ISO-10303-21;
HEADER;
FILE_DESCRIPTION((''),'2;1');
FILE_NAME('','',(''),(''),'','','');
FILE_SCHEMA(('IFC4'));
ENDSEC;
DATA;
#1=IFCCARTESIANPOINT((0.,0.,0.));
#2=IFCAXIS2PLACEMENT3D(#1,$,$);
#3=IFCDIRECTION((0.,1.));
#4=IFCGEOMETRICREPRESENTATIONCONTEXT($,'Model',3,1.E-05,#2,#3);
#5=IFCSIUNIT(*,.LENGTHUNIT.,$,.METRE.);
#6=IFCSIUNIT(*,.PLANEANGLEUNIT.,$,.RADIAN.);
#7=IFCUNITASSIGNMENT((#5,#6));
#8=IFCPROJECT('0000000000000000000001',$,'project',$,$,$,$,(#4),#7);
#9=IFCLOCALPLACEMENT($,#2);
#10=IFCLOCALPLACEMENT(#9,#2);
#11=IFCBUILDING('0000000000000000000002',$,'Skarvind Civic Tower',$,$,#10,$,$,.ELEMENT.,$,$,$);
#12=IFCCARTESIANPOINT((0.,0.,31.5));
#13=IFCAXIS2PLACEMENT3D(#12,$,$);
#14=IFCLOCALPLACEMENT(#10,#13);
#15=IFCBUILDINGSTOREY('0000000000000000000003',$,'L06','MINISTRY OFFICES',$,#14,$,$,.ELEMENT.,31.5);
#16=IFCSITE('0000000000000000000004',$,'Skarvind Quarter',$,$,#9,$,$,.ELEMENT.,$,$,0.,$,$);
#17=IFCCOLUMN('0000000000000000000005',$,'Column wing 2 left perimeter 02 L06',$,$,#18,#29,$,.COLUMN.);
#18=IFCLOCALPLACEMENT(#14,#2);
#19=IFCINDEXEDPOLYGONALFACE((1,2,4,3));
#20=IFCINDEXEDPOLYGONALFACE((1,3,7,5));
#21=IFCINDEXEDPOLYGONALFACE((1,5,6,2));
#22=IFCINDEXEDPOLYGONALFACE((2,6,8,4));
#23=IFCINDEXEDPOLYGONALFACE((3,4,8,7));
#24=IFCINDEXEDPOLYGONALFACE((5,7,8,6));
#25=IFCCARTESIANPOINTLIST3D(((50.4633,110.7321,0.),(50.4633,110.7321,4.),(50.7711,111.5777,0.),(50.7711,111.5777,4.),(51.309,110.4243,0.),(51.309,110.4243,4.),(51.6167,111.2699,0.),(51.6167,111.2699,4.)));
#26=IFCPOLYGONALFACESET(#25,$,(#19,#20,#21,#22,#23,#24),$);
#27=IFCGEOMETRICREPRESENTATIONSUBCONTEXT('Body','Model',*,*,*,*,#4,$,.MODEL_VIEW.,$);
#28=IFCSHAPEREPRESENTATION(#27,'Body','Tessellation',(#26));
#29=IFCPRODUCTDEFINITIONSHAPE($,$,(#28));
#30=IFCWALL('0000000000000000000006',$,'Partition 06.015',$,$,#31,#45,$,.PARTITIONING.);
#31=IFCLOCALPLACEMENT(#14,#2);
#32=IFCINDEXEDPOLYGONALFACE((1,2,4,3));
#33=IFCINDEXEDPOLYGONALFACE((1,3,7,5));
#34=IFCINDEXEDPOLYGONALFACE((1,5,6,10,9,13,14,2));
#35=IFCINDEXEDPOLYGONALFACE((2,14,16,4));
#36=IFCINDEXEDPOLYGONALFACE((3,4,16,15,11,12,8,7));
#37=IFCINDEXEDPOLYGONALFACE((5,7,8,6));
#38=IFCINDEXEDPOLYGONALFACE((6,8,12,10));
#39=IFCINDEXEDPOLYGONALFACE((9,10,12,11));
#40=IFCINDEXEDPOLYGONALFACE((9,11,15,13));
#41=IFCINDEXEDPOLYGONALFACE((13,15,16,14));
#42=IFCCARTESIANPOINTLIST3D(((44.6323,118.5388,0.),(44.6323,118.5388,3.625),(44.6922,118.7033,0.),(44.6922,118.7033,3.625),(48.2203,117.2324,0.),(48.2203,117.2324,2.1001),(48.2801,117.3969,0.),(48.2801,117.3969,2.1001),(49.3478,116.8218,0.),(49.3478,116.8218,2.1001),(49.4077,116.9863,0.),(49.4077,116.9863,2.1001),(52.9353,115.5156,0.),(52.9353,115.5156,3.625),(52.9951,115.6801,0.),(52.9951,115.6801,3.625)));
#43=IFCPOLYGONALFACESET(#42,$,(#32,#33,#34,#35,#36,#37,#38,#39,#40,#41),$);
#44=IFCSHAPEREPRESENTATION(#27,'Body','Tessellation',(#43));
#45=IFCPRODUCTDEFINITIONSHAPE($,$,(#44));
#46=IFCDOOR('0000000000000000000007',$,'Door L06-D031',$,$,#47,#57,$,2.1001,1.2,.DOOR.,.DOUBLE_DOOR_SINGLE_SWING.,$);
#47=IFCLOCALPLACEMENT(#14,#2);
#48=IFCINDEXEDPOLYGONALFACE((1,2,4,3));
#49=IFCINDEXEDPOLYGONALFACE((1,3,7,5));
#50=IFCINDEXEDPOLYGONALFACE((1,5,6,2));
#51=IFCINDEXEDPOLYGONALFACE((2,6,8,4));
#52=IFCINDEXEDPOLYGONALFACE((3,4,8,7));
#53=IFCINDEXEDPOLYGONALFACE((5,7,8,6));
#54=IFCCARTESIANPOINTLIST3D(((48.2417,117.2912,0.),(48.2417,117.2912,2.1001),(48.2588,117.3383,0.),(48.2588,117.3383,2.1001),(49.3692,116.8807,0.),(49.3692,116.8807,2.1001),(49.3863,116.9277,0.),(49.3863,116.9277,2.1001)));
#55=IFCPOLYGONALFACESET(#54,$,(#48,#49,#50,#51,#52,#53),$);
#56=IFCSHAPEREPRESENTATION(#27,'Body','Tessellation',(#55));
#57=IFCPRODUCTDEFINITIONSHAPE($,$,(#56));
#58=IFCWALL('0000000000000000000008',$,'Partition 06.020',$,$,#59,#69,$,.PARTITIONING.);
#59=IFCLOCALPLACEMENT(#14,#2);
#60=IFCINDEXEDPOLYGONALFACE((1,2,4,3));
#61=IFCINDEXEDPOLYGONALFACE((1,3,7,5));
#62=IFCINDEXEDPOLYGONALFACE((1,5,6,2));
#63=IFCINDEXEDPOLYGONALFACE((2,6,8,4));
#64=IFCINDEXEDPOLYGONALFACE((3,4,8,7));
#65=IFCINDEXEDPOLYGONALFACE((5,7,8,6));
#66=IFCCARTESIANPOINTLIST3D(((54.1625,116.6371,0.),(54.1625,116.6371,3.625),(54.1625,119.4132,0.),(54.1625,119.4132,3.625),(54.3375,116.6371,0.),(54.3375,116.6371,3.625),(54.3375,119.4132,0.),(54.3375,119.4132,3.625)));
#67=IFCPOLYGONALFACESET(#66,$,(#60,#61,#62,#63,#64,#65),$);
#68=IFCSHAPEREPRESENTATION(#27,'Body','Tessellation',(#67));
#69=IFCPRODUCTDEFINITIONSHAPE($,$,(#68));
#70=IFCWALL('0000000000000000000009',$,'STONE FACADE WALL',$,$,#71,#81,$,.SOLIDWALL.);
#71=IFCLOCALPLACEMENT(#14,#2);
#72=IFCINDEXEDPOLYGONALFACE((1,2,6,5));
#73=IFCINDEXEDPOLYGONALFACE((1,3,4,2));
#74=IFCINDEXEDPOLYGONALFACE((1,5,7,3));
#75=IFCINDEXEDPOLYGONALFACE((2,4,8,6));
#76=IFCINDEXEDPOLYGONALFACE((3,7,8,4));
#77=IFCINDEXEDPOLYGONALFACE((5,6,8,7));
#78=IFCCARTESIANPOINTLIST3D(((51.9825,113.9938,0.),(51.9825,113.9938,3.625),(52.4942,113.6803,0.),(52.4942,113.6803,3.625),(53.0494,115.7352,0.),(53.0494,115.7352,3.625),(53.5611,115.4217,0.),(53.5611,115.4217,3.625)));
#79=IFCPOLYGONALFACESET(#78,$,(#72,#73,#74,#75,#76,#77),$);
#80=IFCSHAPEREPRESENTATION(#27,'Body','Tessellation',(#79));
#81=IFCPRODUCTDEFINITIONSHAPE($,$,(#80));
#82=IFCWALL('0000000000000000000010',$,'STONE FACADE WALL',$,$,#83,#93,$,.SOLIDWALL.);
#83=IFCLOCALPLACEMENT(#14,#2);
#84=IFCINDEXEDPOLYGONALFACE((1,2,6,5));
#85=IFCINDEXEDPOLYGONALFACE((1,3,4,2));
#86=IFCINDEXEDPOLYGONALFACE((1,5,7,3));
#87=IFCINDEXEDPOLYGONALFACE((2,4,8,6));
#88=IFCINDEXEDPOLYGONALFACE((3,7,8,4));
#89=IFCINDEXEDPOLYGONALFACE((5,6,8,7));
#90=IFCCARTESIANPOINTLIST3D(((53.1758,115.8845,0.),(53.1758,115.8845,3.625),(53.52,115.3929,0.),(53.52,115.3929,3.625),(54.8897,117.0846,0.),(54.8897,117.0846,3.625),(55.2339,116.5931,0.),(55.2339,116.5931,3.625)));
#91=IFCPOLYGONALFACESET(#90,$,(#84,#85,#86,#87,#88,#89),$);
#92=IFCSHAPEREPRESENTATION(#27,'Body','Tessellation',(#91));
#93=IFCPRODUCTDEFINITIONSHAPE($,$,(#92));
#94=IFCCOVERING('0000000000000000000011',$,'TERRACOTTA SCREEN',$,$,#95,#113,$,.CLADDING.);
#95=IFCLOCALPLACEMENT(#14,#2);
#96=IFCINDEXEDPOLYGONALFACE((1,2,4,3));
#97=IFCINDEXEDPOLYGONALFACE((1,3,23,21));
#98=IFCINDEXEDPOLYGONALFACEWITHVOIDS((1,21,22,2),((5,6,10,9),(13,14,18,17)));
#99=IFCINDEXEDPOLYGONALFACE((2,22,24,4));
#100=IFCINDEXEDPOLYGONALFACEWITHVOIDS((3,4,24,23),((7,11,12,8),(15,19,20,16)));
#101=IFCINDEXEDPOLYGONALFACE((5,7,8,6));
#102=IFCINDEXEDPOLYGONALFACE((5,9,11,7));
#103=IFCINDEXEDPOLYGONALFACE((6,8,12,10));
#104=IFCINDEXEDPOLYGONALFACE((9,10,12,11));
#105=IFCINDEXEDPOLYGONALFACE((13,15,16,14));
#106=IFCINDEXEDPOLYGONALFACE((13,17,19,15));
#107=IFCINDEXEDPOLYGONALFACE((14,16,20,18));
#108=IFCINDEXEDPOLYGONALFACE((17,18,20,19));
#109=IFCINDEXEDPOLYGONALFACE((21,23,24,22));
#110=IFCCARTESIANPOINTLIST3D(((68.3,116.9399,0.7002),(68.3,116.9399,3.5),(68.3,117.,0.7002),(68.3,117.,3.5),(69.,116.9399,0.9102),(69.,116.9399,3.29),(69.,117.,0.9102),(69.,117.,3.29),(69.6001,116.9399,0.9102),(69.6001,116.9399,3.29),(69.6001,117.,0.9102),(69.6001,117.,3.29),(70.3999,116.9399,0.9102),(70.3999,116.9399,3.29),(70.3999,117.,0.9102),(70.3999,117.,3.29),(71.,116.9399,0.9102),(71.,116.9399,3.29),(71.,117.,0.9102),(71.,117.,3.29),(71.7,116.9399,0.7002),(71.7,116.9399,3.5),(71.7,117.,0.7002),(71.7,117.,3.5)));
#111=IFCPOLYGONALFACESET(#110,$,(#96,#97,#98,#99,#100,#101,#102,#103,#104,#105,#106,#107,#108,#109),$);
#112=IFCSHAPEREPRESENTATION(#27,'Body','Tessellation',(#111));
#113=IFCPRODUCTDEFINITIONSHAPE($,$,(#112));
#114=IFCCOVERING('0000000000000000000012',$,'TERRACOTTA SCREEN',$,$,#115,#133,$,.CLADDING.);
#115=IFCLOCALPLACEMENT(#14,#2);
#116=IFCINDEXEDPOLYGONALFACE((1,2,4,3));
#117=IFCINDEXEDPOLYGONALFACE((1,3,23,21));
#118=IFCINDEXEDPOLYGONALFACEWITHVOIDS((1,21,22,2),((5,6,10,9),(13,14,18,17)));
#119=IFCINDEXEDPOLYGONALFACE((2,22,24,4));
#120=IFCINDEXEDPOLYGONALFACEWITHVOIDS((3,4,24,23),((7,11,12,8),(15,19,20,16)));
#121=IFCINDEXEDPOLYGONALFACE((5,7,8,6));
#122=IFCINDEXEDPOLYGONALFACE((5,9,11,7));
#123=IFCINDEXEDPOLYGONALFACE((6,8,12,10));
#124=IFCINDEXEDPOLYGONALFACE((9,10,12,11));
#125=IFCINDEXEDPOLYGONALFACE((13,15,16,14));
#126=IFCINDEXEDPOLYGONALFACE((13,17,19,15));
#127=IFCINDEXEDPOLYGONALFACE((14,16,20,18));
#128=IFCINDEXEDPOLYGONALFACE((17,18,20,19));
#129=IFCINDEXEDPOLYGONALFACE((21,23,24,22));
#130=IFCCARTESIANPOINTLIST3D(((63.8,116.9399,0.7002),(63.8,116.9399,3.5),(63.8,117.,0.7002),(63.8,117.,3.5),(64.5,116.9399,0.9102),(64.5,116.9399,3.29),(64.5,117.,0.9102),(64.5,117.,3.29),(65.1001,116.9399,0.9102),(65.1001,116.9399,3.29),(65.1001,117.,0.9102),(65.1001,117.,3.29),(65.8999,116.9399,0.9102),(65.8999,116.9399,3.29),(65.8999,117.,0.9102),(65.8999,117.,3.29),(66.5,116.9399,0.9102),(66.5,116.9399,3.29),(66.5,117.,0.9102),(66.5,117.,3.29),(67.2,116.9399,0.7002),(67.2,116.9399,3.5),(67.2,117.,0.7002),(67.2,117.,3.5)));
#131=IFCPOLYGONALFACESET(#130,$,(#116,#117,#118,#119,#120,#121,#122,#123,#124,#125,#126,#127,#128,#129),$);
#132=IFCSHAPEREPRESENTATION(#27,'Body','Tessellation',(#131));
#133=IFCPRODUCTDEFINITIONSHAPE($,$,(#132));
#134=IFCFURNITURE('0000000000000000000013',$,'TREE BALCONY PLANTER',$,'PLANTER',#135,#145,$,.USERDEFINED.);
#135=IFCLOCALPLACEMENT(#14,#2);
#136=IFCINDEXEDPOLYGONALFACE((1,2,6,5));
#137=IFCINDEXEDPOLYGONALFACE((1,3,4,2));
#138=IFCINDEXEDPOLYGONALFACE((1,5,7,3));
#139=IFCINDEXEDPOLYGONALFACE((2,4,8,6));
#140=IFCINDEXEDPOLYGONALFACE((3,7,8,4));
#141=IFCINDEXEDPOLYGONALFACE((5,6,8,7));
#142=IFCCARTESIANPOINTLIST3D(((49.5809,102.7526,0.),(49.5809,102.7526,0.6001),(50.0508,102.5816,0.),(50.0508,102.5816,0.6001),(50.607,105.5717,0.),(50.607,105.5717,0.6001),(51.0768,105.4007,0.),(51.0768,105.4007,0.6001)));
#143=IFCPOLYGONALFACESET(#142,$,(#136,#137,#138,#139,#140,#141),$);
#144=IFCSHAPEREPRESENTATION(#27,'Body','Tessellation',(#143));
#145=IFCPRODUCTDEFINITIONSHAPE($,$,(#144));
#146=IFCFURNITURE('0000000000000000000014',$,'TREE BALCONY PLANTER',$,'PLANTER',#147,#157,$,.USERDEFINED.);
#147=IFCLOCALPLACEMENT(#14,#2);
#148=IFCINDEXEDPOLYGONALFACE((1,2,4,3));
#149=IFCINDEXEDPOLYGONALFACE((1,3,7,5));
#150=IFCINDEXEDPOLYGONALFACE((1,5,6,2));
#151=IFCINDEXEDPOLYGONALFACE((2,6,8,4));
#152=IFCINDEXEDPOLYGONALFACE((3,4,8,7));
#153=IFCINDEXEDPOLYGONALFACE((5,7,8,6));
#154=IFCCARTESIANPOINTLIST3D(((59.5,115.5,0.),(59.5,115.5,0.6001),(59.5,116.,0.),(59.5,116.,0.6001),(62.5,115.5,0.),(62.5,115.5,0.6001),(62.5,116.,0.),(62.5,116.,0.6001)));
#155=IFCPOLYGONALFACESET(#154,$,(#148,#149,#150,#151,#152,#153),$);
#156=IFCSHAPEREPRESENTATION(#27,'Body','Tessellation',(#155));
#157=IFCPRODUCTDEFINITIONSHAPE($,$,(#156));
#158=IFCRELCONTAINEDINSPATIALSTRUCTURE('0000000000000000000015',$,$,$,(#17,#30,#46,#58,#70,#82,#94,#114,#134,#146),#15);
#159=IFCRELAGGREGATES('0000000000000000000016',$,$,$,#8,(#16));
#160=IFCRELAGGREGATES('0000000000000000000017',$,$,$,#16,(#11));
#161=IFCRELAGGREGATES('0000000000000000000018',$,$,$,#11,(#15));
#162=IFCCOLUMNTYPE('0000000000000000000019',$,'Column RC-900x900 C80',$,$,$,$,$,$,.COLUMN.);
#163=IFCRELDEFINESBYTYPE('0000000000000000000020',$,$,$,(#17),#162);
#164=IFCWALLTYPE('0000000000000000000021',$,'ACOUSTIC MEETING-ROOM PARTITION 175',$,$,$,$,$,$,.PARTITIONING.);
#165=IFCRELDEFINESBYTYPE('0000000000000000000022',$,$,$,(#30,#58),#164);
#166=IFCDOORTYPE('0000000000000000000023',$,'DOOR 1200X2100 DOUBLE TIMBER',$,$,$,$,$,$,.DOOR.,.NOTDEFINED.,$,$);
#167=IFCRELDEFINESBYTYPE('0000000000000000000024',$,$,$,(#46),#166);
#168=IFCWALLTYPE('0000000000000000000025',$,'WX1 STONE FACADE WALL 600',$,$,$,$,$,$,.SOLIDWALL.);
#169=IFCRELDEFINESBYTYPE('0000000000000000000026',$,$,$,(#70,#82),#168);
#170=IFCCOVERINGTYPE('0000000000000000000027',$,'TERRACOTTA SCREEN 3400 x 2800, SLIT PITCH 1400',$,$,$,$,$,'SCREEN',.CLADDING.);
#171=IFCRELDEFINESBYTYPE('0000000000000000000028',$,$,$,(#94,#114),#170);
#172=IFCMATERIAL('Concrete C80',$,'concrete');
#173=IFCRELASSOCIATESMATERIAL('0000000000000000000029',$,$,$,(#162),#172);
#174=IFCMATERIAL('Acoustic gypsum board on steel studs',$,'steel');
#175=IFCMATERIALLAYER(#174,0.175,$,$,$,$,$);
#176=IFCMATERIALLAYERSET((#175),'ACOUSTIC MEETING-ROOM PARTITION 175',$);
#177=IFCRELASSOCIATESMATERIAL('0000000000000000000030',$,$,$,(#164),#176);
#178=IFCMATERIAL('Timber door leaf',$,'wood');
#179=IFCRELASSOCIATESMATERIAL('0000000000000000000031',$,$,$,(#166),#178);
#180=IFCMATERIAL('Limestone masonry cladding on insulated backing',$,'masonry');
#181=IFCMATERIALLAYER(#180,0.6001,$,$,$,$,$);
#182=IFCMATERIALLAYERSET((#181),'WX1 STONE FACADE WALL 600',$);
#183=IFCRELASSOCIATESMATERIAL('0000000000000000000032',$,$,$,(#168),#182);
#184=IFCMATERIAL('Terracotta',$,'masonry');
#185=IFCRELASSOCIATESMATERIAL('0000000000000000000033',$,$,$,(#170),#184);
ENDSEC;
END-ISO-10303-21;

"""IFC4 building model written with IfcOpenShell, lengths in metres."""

from ifc_helpers import new_model, si_unit, direction, frame, frame_2d, origin, origin_2d, place, context, subcontext, project, spatial, polyline, rectangle, outline, extrude, material, layer, layer_set, material_profile, profile_set, type_object, element, fill, save


model = new_model("IFC4")

# Units and contexts
model_context = context("Model", 3, precision=1e-05, world=origin(), true_north=direction((0.0, 1.0)))
body_context = subcontext(model_context, "Body", "Model", "MODEL_VIEW")
ifc_project = project(units=[si_unit("LENGTHUNIT", "METRE"), si_unit("PLANEANGLEUNIT", "RADIAN")], contexts=[model_context])

# Site, building, storey
site_placement = place(None, origin())
site = spatial("IfcSite", under=ifc_project, at=site_placement, Name="Skarvind Quarter", CompositionType="ELEMENT", RefElevation=0.0)
building_placement = place(site_placement, origin())
building = spatial("IfcBuilding", under=site, at=building_placement, Name="Skarvind Civic Tower", CompositionType="ELEMENT")
storey_placement = place(building_placement, frame((0.0, 0.0, 31.5)))
storey = spatial("IfcBuildingStorey", under=building, at=storey_placement, Name="L06", Description="MINISTRY OFFICES", CompositionType="ELEMENT", Elevation=31.5)

# Column
ifc_material_1 = material(Name="Concrete C80", Category="concrete")
ifc_material_profile_1 = material_profile(ifc_material_1, rectangle(XDim=0.8999, YDim=0.8999, at=origin_2d()), Name="RC-900x900")
ifc_profile_set_1 = profile_set([ifc_material_profile_1], Name="Concrete C80")
column_type = type_object("IfcColumnType", Name="Column RC-900x900 C80", PredefinedType="COLUMN", material=ifc_profile_set_1)
column_placement = place(storey_placement, frame((51.04, 111.001, 0.0), z_axis=(0.0, 0.0, 1.0), x_axis=(-0.34202, -0.939693, 0.0)))
element("IfcColumn", 1, at=column_placement, inside=storey, type_object=column_type, Name="Column wing 2 left perimeter 02 L06", PredefinedType="COLUMN", context=body_context, shape_type="SweptSolid", body=[
    extrude(rectangle(XDim=0.8999, YDim=0.8999, at=origin_2d()), origin(), (0.0, 0.0, 1.0), 4.0),
])

# Wall, opening, door
ifc_material_2 = material(Name="Acoustic gypsum board on steel studs", Category="steel")
ifc_layer_1 = layer(ifc_material_2, 0.175)
ifc_layer_set_1 = layer_set([ifc_layer_1], Name="ACOUSTIC MEETING-ROOM PARTITION 175")
wall_type_1 = type_object("IfcWallType", Name="ACOUSTIC MEETING-ROOM PARTITION 175", PredefinedType="PARTITIONING", material=ifc_layer_set_1)
wall_1_placement = place(storey_placement, frame((52.9651, 115.5979, 0.0), z_axis=(0.0, 0.0, 1.0), x_axis=(-0.939651, 0.342136, 0.0)))
wall_1 = element("IfcWall", 2, at=wall_1_placement, inside=storey, type_object=wall_type_1, Name="Partition 06.015", PredefinedType="PARTITIONING", context=body_context, shape_type="SweptSolid", body=[
    extrude(rectangle(XDim=8.8362, YDim=0.175, at=frame_2d((4.418, 0.0))), origin(), (0.0, 0.0, 1.0), 3.625),
])
opening_1_placement = place(wall_1_placement, frame((3.8176, 0.0, 0.0)))
opening_1 = element("IfcOpeningElement", 3, at=opening_1_placement, cuts=wall_1, PredefinedType="OPENING", context=body_context, shape_type="SweptSolid", body=[
    extrude(rectangle(XDim=1.2, YDim=2.1001, at=frame_2d((0.6001, 1.05))), frame((0.0, 0.0974, 0.0), z_axis=(0.0, -1.0, 0.0), x_axis=(1.0, 0.0, 0.0)), (0.0, 0.0, 1.0), 0.1951),
])
ifc_material_3 = material(Name="Timber door leaf", Category="wood")
door_type_1 = type_object("IfcDoorType", Name="DOOR 1200X2100 DOUBLE TIMBER", OperationType="NOTDEFINED", PredefinedType="DOOR", material=ifc_material_3)
door_1_placement = place(opening_1_placement, origin())
door_1 = element("IfcDoor", 4, at=door_1_placement, inside=storey, type_object=door_type_1, Name="Door L06-D031", OperationType="DOUBLE_DOOR_SINGLE_SWING", OverallHeight=2.1001, OverallWidth=1.2, PredefinedType="DOOR", context=body_context, shape_type="SweptSolid", body=[
    extrude(rectangle(XDim=1.2, YDim=2.1001, at=frame_2d((0.6001, 1.05))), frame((0.0, 0.0249, 0.0), z_axis=(0.0, -1.0, 0.0), x_axis=(1.0, 0.0, 0.0)), (0.0, 0.0, 1.0), 0.05),
])
fill(opening_1, door_1)

# Wall
wall_2_placement = place(storey_placement, frame((54.25, 116.637, 0.0), z_axis=(0.0, 0.0, 1.0), x_axis=(0.0, 1.0, 0.0)))
element("IfcWall", 5, at=wall_2_placement, inside=storey, type_object=wall_type_1, Name="Partition 06.020", PredefinedType="PARTITIONING", context=body_context, shape_type="SweptSolid", body=[
    extrude(rectangle(XDim=2.7761, YDim=0.175, at=frame_2d((1.3882, 0.0))), origin(), (0.0, 0.0, 1.0), 3.625),
])

# Shared definitions
ifc_material_4 = material(Name="Limestone masonry cladding on insulated backing", Category="masonry")
ifc_layer_2 = layer(ifc_material_4, 0.6001)
ifc_layer_set_2 = layer_set([ifc_layer_2], Name="WX1 STONE FACADE WALL 600")
wall_type_2 = type_object("IfcWallType", Name="WX1 STONE FACADE WALL 600", PredefinedType="SOLIDWALL", material=ifc_layer_set_2)

# Walls
wall_3_placement = place(storey_placement, frame((53.3052, 115.5784, 0.0), z_axis=(0.0, 0.0, 1.0), x_axis=(-0.522402, -0.852699, 0.0)))
element("IfcWall", 6, at=wall_3_placement, inside=storey, type_object=wall_type_2, Name="STONE FACADE WALL", PredefinedType="SOLIDWALL", context=body_context, shape_type="SweptSolid", body=[
    extrude(rectangle(XDim=2.0422, YDim=0.6001, at=frame_2d((1.021, 0.0))), origin(), (0.0, 0.0, 1.0), 3.625),
])
wall_4_placement = place(storey_placement, frame((55.0618, 116.8389, 0.0), z_axis=(0.0, 0.0, 1.0), x_axis=(-0.819122, -0.573619, 0.0)))
element("IfcWall", 7, at=wall_4_placement, inside=storey, type_object=wall_type_2, Name="STONE FACADE WALL", PredefinedType="SOLIDWALL", context=body_context, shape_type="SweptSolid", body=[
    extrude(rectangle(XDim=2.0923, YDim=0.6001, at=frame_2d((1.0461, 0.0))), origin(), (0.0, 0.0, 1.0), 3.625),
])

# Coverings
ifc_material_5 = material(Name="Terracotta", Category="masonry")
ifc_material_profile_2 = material_profile(ifc_material_5, outline(polyline([(-1.7, -1.3999), (1.7, -1.3999), (1.7, 1.3999), (-1.7, 1.3999), (-1.7, -1.3999)]), holes=[polyline([(-1.0, -1.1899), (-0.3999, -1.1899), (-0.3999, 1.1899), (-1.0, 1.1899), (-1.0, -1.1899)]), polyline([(0.3999, -1.1899), (1.0, -1.1899), (1.0, 1.1899), (0.3999, 1.1899), (0.3999, -1.1899)])]), Name="TERRACOTTA SCREEN 3400 x 2800, SLIT PITCH 1400")
ifc_profile_set_2 = profile_set([ifc_material_profile_2], Name="Terracotta")
covering_type = type_object("IfcCoveringType", Name="TERRACOTTA SCREEN 3400 x 2800, SLIT PITCH 1400", ElementType="SCREEN", PredefinedType="CLADDING", material=ifc_profile_set_2)
for number, where, z_axis, x_axis, name in (
    (8, (70.0, 117.0, 2.1001), (0.0, -1.0, 0.0), (1.0, 0.0, 0.0), "TERRACOTTA SCREEN"),
    (9, (65.5, 117.0, 2.1001), (0.0, -1.0, 0.0), (1.0, 0.0, 0.0), "TERRACOTTA SCREEN"),
):
    element("IfcCovering", number, at=place(storey_placement, frame(where, z_axis=z_axis, x_axis=x_axis)), inside=storey, type_object=covering_type, Name=name, PredefinedType="CLADDING", context=body_context, shape_type="SweptSolid", body=[
        extrude(outline(polyline([(-1.7, -1.3999), (1.7, -1.3999), (1.7, 1.3999), (-1.7, 1.3999), (-1.7, -1.3999)]), holes=[polyline([(-1.0, -1.1899), (-0.3999, -1.1899), (-0.3999, 1.1899), (-1.0, 1.1899), (-1.0, -1.1899)]), polyline([(0.3999, -1.1899), (1.0, -1.1899), (1.0, 1.1899), (0.3999, 1.1899), (0.3999, -1.1899)])]), origin(), (0.0, 0.0, 1.0), 0.0601),
    ])

# Furniture
for number, where, z_axis, x_axis, name in (
    (10, (50.3289, 104.0767, 0.0), (0.0, 0.0, 1.0), (-0.34202, -0.939693, 0.0), "TREE BALCONY PLANTER"),
    (11, (61.0, 115.75, 0.0), (0.0, 0.0, 1.0), (-1.0, 0.0, 0.0), "TREE BALCONY PLANTER"),
):
    element("IfcFurniture", number, at=place(storey_placement, frame(where, z_axis=z_axis, x_axis=x_axis)), inside=storey, Name=name, ObjectType="PLANTER", PredefinedType="USERDEFINED", context=body_context, shape_type="SweptSolid", body=[
        extrude(rectangle(XDim=3.0, YDim=0.5, at=origin_2d()), origin(), (0.0, 0.0, 1.0), 0.6001),
    ])

save(model, "model.ifc")
